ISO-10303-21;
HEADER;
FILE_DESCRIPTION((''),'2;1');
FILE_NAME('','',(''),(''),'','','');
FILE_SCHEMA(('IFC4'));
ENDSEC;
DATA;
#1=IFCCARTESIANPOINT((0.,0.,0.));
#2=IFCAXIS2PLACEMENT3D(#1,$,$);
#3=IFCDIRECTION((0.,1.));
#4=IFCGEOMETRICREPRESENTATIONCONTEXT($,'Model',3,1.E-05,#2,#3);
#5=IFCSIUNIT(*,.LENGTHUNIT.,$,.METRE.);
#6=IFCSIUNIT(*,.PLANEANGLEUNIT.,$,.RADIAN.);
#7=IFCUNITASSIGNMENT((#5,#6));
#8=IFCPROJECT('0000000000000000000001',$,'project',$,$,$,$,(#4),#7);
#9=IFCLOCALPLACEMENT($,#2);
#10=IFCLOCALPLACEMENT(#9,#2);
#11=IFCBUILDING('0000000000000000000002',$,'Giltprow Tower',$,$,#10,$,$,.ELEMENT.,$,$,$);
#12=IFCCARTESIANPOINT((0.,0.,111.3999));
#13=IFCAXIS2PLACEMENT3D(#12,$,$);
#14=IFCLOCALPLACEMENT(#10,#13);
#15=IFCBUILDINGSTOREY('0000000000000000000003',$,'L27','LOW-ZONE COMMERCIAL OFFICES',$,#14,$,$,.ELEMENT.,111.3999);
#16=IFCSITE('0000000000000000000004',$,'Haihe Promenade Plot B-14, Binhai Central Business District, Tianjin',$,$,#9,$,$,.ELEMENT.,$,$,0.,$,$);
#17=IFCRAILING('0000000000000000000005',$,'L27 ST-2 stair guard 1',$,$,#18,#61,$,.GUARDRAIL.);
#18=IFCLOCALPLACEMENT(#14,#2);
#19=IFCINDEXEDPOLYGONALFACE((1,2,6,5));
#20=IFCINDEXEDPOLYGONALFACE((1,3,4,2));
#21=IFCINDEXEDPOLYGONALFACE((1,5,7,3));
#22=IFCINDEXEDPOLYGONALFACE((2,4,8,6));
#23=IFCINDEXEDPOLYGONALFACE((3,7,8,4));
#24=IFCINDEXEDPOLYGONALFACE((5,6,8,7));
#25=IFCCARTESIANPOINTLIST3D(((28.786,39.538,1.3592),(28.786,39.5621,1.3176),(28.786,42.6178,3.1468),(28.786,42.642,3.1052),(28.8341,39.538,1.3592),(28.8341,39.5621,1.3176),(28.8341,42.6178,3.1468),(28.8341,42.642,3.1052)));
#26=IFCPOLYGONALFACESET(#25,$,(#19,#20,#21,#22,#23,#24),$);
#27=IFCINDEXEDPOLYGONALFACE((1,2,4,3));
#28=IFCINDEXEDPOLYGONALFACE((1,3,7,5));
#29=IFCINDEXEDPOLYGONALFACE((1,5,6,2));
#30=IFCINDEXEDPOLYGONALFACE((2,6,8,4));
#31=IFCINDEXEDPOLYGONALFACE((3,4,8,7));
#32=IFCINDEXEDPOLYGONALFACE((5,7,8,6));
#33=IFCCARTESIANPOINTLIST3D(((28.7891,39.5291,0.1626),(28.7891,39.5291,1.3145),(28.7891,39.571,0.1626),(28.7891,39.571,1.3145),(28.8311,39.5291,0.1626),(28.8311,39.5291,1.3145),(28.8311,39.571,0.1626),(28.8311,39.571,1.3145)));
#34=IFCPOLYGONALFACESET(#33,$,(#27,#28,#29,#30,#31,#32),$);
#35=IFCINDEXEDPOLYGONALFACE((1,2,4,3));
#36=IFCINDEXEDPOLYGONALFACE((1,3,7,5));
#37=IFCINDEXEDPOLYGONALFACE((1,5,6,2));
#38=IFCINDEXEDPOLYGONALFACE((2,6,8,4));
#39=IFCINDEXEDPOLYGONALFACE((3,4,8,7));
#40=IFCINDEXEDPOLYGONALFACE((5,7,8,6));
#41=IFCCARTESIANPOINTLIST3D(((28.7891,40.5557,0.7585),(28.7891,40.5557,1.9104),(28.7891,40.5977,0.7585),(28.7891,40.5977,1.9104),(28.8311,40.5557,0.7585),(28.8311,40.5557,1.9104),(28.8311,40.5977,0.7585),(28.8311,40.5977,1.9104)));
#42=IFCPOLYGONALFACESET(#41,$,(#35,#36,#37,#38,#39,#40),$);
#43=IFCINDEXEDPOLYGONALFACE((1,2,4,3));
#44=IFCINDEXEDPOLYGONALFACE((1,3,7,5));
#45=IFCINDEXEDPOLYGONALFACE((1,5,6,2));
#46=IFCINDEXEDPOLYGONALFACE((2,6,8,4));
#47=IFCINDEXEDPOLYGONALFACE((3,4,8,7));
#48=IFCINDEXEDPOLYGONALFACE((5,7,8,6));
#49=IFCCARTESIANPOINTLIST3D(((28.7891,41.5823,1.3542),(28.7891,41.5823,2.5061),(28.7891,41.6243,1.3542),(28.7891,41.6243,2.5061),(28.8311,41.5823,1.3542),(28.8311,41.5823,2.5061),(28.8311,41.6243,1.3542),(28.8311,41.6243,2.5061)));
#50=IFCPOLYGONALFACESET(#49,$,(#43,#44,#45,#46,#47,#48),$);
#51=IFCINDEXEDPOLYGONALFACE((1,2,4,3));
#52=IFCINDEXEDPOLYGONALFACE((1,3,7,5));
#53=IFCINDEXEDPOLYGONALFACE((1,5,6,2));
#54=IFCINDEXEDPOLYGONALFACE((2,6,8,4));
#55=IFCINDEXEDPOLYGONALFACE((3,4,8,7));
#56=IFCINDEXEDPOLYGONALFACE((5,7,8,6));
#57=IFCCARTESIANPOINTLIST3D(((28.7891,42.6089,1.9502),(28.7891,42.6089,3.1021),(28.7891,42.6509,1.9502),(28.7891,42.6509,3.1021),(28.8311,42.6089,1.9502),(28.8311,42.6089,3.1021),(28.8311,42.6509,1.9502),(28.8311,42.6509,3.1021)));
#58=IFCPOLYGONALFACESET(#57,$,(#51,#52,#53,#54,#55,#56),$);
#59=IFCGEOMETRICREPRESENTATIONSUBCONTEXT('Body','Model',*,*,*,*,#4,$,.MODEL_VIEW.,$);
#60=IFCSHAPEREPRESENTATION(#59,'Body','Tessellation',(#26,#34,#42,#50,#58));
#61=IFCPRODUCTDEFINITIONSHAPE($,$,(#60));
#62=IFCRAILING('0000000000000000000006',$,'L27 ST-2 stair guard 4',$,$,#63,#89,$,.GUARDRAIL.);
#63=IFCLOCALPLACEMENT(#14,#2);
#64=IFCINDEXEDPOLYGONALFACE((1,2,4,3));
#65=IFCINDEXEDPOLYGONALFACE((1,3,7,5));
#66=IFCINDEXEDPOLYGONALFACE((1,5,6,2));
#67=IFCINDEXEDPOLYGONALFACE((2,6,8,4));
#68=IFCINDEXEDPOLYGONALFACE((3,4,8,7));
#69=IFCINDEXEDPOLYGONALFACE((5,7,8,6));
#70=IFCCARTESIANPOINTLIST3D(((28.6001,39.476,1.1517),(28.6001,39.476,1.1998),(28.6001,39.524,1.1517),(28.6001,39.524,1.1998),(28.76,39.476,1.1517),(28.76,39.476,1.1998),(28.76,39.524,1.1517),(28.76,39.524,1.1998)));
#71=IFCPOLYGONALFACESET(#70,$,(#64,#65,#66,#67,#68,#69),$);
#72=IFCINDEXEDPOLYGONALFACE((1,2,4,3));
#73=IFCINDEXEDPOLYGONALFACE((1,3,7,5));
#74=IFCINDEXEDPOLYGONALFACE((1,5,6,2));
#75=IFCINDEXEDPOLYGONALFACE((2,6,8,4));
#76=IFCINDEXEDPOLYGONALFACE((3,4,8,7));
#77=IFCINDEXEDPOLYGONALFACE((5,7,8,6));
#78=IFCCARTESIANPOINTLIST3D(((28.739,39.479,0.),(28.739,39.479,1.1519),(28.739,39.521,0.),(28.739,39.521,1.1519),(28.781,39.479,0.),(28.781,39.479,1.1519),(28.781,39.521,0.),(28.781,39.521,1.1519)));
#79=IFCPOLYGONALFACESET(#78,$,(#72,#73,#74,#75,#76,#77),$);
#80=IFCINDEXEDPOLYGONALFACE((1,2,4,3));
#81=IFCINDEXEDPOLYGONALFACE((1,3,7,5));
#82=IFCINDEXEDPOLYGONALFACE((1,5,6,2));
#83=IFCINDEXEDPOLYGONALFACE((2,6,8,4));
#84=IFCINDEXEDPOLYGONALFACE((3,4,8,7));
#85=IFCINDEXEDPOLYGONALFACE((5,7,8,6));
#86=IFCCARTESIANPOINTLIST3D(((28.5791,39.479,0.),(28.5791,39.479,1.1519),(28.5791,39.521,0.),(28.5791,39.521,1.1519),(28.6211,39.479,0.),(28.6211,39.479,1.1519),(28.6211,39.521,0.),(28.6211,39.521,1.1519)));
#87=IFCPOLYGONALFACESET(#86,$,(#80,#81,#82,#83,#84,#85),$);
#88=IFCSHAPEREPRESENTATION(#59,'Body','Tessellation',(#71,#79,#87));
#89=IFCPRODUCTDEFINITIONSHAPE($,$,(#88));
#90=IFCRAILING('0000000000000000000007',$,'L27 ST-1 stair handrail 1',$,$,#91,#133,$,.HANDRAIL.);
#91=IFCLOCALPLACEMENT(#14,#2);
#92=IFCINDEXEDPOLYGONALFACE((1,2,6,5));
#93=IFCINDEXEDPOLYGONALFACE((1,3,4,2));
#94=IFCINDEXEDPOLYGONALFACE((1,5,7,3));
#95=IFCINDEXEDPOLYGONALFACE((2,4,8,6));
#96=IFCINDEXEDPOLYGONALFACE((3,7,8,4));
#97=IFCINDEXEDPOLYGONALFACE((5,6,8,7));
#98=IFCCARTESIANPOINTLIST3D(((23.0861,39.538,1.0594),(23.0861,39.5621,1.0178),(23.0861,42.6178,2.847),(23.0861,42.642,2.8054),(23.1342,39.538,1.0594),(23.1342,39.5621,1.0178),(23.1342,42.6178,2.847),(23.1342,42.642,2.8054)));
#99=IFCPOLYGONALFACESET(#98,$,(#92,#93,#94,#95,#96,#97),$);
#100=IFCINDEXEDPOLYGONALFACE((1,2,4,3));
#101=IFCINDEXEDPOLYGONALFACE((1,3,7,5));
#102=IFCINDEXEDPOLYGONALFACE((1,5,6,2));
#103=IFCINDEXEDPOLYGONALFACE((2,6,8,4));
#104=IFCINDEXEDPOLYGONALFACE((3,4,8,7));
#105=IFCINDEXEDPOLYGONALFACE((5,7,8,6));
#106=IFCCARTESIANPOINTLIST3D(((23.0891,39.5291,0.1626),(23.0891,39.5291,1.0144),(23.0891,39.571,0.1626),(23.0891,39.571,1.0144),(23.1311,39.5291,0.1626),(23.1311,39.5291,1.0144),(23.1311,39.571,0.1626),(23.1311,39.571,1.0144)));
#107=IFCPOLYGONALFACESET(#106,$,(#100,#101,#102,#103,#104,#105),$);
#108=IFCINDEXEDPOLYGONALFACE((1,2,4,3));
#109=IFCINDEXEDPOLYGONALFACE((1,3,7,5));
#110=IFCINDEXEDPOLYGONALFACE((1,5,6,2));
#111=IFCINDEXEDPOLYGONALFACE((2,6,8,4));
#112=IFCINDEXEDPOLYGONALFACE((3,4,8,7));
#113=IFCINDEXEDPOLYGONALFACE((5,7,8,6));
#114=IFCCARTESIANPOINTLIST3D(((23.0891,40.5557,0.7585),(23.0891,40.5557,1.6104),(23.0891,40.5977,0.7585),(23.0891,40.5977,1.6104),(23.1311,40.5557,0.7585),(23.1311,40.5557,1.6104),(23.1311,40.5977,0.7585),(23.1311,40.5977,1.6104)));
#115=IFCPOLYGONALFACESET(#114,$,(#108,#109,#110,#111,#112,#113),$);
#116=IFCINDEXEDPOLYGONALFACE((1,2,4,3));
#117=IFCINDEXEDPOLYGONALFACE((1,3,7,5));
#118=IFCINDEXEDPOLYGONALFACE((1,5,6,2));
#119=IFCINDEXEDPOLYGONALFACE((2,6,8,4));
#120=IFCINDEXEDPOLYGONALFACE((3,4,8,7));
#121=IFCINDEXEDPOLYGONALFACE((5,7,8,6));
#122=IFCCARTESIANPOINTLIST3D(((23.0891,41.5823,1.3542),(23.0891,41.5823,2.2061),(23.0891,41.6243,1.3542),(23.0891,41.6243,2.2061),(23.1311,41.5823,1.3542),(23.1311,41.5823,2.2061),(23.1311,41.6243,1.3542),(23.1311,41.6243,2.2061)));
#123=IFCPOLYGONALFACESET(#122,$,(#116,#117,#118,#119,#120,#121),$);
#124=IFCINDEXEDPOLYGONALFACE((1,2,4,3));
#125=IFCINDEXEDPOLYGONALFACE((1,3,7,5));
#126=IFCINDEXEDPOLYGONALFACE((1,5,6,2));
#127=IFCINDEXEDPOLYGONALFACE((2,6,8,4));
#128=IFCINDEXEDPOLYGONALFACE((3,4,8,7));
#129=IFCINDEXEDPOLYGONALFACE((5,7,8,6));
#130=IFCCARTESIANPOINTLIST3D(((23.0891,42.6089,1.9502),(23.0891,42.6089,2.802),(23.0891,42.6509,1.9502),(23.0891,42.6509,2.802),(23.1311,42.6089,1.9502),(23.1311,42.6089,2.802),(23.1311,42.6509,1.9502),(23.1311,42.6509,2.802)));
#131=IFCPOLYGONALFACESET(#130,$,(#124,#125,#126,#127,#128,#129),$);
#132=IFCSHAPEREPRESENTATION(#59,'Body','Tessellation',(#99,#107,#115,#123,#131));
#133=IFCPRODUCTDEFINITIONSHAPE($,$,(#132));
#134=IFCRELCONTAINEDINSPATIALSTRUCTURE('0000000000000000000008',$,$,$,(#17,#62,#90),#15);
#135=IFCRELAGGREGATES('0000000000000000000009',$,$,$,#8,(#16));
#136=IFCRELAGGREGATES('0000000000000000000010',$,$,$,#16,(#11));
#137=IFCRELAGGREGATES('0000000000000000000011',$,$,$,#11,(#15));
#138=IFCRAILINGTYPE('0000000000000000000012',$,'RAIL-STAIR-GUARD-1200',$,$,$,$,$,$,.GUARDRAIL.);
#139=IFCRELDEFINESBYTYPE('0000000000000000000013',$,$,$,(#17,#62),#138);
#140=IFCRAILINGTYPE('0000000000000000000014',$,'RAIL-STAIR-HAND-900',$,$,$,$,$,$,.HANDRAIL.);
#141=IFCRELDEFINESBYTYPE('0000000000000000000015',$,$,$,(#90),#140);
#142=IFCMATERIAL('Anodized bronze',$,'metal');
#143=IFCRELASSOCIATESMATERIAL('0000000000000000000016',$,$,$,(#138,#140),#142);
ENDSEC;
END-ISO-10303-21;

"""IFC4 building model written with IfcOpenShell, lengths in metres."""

from ifc_helpers import new_model, si_unit, direction, frame, origin, origin_2d, place, context, subcontext, project, spatial, rectangle, extrude, material, type_object, element, save


model = new_model("IFC4")

# Units and contexts
model_context = context("Model", 3, precision=1e-05, world=origin(), true_north=direction((0.0, 1.0)))
body_context = subcontext(model_context, "Body", "Model", "MODEL_VIEW")
ifc_project = project(units=[si_unit("LENGTHUNIT", "METRE"), si_unit("PLANEANGLEUNIT", "RADIAN")], contexts=[model_context])

# Site, building, storey
site_placement = place(None, origin())
site = spatial("IfcSite", under=ifc_project, at=site_placement, Name="Haihe Promenade Plot B-14, Binhai Central Business District, Tianjin", CompositionType="ELEMENT", RefElevation=0.0)
building_placement = place(site_placement, origin())
building = spatial("IfcBuilding", under=site, at=building_placement, Name="Giltprow Tower", CompositionType="ELEMENT")
storey_placement = place(building_placement, frame((0.0, 0.0, 111.3999)))
storey = spatial("IfcBuildingStorey", under=building, at=storey_placement, Name="L27", Description="LOW-ZONE COMMERCIAL OFFICES", CompositionType="ELEMENT", Elevation=111.3999)

# Railings
ifc_material_1 = material(Name="Anodized bronze", Category="metal")
railing_type_1 = type_object("IfcRailingType", Name="RAIL-STAIR-GUARD-1200", PredefinedType="GUARDRAIL", material=ifc_material_1)
railing_1_placement = place(storey_placement, frame((28.8101, 39.55, 0.1626)))
element("IfcRailing", 1, at=railing_1_placement, inside=storey, type_object=railing_type_1, Name="L27 ST-2 stair guard 1", PredefinedType="GUARDRAIL", context=body_context, shape_type="SweptSolid", body=[
    extrude(rectangle(XDim=0.0481, YDim=0.0481, at=origin_2d()), frame((0.0, 0.0, 1.1758), z_axis=(0.0, 0.864873, 0.50199), x_axis=(-1.0, 0.0, 0.0)), (0.0, 0.0, 1.0), 3.561),
    extrude(rectangle(XDim=0.042, YDim=0.042, at=origin_2d()), origin(), (0.0, 0.0, 1.0), 1.1519),
    extrude(rectangle(XDim=0.042, YDim=0.042, at=origin_2d()), frame((0.0, 1.0266, 0.5959)), (0.0, 0.0, 1.0), 1.1519),
    extrude(rectangle(XDim=0.042, YDim=0.042, at=origin_2d()), frame((0.0, 2.0532, 1.1917)), (0.0, 0.0, 1.0), 1.1519),
    extrude(rectangle(XDim=0.042, YDim=0.042, at=origin_2d()), frame((0.0, 3.0798, 1.7876)), (0.0, 0.0, 1.0), 1.1519),
])
railing_2_placement = place(storey_placement, frame((28.76, 39.5, 0.0)))
element("IfcRailing", 2, at=railing_2_placement, inside=storey, type_object=railing_type_1, Name="L27 ST-2 stair guard 4", PredefinedType="GUARDRAIL", context=body_context, shape_type="SweptSolid", body=[
    extrude(rectangle(XDim=0.0481, YDim=0.0481, at=origin_2d()), frame((0.0, 0.0, 1.1758), z_axis=(-1.0, 0.0, 0.0), x_axis=(0.0, -1.0, 0.0)), (0.0, 0.0, 1.0), 0.1599),
    extrude(rectangle(XDim=0.042, YDim=0.042, at=origin_2d()), origin(), (0.0, 0.0, 1.0), 1.1519),
    extrude(rectangle(XDim=0.042, YDim=0.042, at=origin_2d()), frame((-0.1599, 0.0, 0.0)), (0.0, 0.0, 1.0), 1.1519),
])
railing_type_2 = type_object("IfcRailingType", Name="RAIL-STAIR-HAND-900", PredefinedType="HANDRAIL", material=ifc_material_1)
railing_3_placement = place(storey_placement, frame((23.1101, 39.55, 0.1626)))
element("IfcRailing", 3, at=railing_3_placement, inside=storey, type_object=railing_type_2, Name="L27 ST-1 stair handrail 1", PredefinedType="HANDRAIL", context=body_context, shape_type="SweptSolid", body=[
    extrude(rectangle(XDim=0.0481, YDim=0.0481, at=origin_2d()), frame((0.0, 0.0, 0.876), z_axis=(0.0, 0.864873, 0.50199), x_axis=(-1.0, 0.0, 0.0)), (0.0, 0.0, 1.0), 3.561),
    extrude(rectangle(XDim=0.042, YDim=0.042, at=origin_2d()), origin(), (0.0, 0.0, 1.0), 0.8518),
    extrude(rectangle(XDim=0.042, YDim=0.042, at=origin_2d()), frame((0.0, 1.0266, 0.5959)), (0.0, 0.0, 1.0), 0.8518),
    extrude(rectangle(XDim=0.042, YDim=0.042, at=origin_2d()), frame((0.0, 2.0532, 1.1917)), (0.0, 0.0, 1.0), 0.8518),
    extrude(rectangle(XDim=0.042, YDim=0.042, at=origin_2d()), frame((0.0, 3.0798, 1.7876)), (0.0, 0.0, 1.0), 0.8518),
])

save(model, "model.ifc")
